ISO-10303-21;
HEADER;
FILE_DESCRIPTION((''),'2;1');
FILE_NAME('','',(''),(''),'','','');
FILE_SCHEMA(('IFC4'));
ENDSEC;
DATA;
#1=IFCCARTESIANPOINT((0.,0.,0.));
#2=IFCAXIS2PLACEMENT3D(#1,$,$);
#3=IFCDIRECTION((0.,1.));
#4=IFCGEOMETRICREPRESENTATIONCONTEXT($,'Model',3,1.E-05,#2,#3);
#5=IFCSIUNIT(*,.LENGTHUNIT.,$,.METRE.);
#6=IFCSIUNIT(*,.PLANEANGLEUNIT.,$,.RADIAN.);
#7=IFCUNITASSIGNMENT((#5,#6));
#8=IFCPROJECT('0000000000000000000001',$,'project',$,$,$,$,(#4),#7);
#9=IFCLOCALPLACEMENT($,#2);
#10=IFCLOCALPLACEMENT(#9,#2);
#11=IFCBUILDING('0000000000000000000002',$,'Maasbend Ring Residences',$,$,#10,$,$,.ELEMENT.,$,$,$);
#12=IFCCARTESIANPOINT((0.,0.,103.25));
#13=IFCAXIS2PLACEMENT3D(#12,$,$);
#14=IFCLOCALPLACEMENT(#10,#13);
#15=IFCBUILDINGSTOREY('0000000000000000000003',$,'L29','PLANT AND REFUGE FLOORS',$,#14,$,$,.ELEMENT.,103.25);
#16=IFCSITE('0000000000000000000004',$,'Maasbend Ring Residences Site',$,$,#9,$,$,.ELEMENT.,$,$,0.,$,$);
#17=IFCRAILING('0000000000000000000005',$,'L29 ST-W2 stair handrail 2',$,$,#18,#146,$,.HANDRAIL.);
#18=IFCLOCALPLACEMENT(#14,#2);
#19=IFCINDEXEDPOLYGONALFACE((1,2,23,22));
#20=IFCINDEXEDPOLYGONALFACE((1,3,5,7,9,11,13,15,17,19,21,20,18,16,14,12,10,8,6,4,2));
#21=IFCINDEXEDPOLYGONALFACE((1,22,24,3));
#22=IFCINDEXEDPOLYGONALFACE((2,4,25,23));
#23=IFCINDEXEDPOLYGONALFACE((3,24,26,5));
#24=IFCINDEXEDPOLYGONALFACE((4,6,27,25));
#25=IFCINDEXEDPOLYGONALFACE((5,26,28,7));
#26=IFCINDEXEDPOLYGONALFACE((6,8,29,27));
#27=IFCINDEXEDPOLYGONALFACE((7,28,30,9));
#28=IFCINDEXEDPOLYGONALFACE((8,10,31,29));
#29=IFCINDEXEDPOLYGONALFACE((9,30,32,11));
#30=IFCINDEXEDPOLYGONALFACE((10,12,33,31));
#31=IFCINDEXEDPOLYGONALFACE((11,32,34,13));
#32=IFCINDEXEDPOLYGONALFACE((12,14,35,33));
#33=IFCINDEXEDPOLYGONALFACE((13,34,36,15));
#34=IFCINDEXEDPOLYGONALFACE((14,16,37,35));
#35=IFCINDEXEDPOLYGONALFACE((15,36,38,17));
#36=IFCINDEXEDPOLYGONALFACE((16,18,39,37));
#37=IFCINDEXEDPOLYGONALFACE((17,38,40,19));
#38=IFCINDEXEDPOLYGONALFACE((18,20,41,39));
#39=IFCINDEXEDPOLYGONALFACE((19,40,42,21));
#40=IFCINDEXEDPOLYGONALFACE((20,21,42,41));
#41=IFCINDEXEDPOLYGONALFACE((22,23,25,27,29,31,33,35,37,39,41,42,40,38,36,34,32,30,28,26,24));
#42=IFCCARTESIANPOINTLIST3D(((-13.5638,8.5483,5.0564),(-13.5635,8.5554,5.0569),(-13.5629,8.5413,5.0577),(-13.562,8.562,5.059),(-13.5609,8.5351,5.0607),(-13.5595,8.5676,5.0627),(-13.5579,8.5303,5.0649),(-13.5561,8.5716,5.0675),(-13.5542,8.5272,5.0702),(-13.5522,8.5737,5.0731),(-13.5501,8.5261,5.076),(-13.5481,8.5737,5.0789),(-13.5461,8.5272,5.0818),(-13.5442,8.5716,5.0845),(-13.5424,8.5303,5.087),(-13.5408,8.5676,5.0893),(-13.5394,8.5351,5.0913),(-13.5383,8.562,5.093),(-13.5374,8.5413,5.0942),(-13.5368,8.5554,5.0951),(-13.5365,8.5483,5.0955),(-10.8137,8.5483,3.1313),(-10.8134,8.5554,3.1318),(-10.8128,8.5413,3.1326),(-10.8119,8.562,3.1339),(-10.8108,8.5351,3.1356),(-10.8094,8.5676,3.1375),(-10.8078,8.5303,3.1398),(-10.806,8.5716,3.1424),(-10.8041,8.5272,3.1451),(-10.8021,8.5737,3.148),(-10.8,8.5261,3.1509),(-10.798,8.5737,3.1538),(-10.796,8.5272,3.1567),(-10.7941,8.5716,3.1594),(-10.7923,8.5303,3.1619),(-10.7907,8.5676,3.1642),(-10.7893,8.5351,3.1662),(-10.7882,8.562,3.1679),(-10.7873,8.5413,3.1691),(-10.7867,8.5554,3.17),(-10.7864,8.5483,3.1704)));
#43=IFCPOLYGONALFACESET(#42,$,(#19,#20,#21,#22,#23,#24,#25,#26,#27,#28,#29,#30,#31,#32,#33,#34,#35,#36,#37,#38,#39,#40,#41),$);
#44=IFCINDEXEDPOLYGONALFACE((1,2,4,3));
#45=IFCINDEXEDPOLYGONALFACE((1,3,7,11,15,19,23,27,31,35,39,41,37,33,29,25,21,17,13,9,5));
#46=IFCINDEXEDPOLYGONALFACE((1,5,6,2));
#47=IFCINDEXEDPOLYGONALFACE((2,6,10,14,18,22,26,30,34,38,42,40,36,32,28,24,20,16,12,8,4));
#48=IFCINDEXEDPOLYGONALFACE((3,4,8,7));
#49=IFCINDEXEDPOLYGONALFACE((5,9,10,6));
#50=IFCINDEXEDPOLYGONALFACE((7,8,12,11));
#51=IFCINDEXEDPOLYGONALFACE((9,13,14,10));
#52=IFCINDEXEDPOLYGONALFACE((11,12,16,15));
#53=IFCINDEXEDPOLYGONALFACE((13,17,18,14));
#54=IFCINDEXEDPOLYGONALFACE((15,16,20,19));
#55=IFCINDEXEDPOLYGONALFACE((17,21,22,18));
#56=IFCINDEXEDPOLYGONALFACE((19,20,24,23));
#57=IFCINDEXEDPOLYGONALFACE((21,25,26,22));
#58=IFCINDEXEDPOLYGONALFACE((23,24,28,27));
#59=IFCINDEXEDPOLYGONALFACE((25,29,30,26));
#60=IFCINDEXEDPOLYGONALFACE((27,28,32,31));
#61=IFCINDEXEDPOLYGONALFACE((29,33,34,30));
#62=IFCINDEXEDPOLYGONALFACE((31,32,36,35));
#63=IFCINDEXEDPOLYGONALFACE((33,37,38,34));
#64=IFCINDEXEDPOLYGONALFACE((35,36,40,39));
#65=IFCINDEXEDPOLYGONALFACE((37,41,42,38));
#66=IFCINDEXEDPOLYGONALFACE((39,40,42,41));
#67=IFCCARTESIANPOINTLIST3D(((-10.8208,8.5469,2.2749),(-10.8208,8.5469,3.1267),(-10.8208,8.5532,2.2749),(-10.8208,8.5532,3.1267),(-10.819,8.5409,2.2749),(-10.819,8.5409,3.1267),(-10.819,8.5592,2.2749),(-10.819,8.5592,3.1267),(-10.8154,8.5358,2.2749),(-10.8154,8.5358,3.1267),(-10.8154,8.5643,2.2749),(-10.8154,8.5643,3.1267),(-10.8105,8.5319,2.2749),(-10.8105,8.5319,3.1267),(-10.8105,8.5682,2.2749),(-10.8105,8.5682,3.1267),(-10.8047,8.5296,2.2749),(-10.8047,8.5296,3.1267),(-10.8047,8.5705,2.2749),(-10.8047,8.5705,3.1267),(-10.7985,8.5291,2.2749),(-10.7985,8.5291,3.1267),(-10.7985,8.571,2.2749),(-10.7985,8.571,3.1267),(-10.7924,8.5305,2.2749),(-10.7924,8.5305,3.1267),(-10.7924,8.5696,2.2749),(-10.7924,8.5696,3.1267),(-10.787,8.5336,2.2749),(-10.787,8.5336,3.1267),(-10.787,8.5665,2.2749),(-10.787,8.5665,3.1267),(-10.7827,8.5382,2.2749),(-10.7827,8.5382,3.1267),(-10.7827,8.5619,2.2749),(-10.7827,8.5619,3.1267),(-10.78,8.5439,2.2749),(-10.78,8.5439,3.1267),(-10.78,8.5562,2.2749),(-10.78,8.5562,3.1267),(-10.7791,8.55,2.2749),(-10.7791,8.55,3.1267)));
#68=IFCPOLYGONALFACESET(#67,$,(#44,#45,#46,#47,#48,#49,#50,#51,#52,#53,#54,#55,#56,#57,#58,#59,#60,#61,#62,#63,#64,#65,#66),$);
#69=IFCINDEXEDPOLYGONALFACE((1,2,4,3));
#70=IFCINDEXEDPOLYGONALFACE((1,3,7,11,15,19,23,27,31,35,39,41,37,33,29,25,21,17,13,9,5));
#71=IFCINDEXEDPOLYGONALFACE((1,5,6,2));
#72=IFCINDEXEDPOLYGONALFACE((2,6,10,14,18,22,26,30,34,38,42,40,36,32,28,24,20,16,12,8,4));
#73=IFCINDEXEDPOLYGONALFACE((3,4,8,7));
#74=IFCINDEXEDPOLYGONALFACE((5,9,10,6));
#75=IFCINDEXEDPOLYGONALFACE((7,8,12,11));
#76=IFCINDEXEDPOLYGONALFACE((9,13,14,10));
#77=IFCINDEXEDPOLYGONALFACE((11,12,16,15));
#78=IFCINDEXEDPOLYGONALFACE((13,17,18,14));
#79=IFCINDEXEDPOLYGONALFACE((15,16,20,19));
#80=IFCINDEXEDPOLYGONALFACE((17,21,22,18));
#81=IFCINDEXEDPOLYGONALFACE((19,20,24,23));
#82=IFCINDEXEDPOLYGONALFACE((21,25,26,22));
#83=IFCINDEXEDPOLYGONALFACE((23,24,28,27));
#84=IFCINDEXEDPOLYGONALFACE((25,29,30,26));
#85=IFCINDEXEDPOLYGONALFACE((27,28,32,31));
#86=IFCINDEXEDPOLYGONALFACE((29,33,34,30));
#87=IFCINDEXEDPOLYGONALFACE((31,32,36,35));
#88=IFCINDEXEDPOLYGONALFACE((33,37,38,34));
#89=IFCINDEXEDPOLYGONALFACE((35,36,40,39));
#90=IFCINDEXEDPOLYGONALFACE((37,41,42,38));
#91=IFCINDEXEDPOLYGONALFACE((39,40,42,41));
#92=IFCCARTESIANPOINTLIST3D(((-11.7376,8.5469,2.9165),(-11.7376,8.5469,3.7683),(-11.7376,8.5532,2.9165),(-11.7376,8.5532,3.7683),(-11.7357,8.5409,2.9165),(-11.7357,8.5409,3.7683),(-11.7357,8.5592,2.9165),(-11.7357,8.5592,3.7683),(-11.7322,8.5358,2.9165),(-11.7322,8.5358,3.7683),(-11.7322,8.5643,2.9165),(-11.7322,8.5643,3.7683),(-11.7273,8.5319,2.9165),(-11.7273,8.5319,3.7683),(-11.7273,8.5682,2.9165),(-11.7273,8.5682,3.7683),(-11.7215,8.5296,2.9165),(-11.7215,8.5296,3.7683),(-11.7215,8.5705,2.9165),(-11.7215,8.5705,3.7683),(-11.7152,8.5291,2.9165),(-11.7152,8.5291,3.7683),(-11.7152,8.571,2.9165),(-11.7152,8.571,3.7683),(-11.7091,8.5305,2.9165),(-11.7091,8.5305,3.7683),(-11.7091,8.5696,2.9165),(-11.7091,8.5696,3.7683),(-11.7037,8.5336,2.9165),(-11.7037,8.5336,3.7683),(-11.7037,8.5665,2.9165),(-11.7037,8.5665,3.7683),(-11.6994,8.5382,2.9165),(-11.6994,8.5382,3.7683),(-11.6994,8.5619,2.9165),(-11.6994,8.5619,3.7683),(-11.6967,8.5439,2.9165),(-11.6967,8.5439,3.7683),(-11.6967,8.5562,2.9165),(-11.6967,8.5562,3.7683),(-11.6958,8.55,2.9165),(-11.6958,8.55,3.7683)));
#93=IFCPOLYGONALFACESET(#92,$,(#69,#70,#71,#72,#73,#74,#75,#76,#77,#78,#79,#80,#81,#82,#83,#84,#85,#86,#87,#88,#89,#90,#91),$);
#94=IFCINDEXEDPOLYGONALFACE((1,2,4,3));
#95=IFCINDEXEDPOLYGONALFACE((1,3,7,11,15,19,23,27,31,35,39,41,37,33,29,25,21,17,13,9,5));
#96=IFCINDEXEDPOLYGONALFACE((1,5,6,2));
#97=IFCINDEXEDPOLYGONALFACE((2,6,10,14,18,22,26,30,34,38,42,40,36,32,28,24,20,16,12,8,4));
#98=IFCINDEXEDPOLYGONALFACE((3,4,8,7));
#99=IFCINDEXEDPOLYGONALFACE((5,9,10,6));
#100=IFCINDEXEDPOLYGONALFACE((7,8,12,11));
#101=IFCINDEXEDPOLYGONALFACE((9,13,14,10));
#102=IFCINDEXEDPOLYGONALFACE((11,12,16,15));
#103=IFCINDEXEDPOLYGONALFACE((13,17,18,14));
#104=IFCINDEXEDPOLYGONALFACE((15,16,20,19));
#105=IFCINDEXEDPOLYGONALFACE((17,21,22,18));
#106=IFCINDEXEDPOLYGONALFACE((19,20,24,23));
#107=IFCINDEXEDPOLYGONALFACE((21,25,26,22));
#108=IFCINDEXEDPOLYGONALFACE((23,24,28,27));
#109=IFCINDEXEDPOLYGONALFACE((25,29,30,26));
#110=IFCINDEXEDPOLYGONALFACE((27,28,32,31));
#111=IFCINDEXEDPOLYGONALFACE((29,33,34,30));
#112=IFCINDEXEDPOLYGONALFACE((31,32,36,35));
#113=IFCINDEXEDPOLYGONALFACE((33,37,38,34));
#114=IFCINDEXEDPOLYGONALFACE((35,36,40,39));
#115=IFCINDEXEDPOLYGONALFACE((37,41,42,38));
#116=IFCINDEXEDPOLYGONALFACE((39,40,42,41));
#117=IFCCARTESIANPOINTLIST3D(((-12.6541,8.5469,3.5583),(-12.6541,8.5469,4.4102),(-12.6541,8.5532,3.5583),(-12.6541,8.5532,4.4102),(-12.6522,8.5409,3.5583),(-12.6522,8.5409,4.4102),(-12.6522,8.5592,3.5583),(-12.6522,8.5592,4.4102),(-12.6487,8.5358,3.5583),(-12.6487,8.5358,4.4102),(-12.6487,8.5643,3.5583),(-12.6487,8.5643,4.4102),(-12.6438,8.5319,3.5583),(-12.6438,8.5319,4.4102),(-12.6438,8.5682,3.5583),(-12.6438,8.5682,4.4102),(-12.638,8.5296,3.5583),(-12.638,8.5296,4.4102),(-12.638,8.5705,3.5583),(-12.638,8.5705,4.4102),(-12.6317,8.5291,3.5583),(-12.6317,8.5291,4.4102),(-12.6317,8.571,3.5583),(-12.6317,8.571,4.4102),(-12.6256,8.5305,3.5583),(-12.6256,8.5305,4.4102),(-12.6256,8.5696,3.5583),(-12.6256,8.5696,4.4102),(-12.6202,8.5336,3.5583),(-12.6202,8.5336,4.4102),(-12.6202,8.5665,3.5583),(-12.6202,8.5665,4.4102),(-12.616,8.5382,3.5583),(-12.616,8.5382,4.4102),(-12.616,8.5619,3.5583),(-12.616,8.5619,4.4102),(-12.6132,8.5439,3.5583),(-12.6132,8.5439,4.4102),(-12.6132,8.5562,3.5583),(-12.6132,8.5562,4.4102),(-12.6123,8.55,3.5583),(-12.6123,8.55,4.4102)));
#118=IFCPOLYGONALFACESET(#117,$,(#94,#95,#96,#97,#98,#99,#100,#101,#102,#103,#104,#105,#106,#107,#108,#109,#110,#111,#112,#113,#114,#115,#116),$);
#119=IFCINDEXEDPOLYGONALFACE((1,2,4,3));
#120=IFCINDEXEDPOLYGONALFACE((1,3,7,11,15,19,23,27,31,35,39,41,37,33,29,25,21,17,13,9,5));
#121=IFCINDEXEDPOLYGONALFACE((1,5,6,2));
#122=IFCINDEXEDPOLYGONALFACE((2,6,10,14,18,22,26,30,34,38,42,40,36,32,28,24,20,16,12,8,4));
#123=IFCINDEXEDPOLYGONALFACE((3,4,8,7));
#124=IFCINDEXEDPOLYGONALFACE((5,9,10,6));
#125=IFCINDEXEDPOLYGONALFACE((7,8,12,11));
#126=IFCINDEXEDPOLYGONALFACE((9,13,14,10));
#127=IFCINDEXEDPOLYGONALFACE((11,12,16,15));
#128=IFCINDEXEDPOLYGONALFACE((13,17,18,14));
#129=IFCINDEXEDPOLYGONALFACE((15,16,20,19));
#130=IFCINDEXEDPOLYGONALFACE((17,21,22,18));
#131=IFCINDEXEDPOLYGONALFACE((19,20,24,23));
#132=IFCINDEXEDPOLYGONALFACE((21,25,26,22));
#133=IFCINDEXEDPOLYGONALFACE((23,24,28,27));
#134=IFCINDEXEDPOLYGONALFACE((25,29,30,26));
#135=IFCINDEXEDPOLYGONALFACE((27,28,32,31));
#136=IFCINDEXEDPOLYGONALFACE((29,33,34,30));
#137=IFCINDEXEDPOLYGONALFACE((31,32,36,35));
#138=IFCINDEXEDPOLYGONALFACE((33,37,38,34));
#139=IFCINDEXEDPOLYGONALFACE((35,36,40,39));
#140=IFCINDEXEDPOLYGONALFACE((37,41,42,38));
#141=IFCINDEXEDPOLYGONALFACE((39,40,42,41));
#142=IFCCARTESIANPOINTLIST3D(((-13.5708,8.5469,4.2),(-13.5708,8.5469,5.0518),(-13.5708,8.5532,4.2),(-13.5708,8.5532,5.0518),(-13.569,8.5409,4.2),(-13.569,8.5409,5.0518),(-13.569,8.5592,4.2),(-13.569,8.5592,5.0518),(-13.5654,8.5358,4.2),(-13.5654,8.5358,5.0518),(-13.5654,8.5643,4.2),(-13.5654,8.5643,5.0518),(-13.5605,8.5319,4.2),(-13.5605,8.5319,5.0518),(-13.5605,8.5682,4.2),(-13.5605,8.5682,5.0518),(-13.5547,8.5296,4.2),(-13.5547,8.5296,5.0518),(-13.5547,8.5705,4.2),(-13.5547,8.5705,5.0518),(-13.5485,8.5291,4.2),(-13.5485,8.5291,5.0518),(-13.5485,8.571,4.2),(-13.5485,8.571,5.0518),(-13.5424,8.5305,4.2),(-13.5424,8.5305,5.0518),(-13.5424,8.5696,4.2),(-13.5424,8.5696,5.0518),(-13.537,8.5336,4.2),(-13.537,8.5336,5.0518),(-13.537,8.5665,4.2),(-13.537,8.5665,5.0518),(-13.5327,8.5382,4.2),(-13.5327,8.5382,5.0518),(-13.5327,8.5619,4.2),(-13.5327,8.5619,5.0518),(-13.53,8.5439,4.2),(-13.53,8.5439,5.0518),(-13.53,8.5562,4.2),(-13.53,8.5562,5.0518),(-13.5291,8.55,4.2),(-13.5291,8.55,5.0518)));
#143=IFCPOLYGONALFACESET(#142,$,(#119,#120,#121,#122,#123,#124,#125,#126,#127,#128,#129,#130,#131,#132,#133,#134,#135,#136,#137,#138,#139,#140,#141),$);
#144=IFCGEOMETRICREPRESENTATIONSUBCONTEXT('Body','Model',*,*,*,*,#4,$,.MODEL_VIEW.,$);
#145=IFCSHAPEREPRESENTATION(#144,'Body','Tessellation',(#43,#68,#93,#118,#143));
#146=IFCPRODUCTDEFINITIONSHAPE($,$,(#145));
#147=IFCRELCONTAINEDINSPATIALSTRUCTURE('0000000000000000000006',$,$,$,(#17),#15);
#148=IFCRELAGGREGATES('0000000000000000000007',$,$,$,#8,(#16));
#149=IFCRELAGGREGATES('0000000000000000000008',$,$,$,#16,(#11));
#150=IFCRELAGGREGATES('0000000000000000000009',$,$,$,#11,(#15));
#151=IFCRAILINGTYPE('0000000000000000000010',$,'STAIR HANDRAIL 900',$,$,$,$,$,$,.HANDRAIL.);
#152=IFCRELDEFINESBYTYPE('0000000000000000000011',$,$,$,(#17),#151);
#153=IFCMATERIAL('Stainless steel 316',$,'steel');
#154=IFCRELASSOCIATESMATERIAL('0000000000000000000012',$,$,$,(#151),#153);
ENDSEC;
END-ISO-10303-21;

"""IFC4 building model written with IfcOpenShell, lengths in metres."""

from ifc_helpers import new_model, si_unit, direction, frame, origin, origin_2d, place, context, subcontext, project, spatial, circle, extrude, material, type_object, element, save


model = new_model("IFC4")

# Units and contexts
model_context = context("Model", 3, precision=1e-05, world=origin(), true_north=direction((0.0, 1.0)))
body_context = subcontext(model_context, "Body", "Model", "MODEL_VIEW")
ifc_project = project(units=[si_unit("LENGTHUNIT", "METRE"), si_unit("PLANEANGLEUNIT", "RADIAN")], contexts=[model_context])

# Site, building, storey
site_placement = place(None, origin())
site = spatial("IfcSite", under=ifc_project, at=site_placement, Name="Maasbend Ring Residences Site", CompositionType="ELEMENT", RefElevation=0.0)
building_placement = place(site_placement, origin())
building = spatial("IfcBuilding", under=site, at=building_placement, Name="Maasbend Ring Residences", CompositionType="ELEMENT")
storey_placement = place(building_placement, frame((0.0, 0.0, 103.25)))
storey = spatial("IfcBuildingStorey", under=building, at=storey_placement, Name="L29", Description="PLANT AND REFUGE FLOORS", CompositionType="ELEMENT", Elevation=103.25)

# Railing
ifc_material_1 = material(Name="Stainless steel 316", Category="steel")
railing_type_1 = type_object("IfcRailingType", Name="STAIR HANDRAIL 900", PredefinedType="HANDRAIL", material=ifc_material_1)
railing_1_placement = place(storey_placement, frame((-10.8, 8.55, 2.2749)))
element("IfcRailing", 1, at=railing_1_placement, inside=storey, type_object=railing_type_1, Name="L29 ST-W2 stair handrail 2", PredefinedType="HANDRAIL", context=body_context, shape_type="SweptSolid", body=[
    extrude(circle(Radius=0.0239, at=origin_2d()), frame((0.0, 0.0, 0.876), z_axis=(-0.819225, 0.0, 0.573472), x_axis=(0.0, -1.0, 0.0)), (0.0, 0.0, 1.0), 3.3569),
    extrude(circle(Radius=0.021, at=origin_2d()), origin(), (0.0, 0.0, 1.0), 0.8518),
    extrude(circle(Radius=0.021, at=origin_2d()), frame((-0.9167, 0.0, 0.6416)), (0.0, 0.0, 1.0), 0.8518),
    extrude(circle(Radius=0.021, at=origin_2d()), frame((-1.8333, 0.0, 1.2834)), (0.0, 0.0, 1.0), 0.8518),
    extrude(circle(Radius=0.021, at=origin_2d()), frame((-2.75, 0.0, 1.925)), (0.0, 0.0, 1.0), 0.8518),
])

save(model, "model.ifc")
